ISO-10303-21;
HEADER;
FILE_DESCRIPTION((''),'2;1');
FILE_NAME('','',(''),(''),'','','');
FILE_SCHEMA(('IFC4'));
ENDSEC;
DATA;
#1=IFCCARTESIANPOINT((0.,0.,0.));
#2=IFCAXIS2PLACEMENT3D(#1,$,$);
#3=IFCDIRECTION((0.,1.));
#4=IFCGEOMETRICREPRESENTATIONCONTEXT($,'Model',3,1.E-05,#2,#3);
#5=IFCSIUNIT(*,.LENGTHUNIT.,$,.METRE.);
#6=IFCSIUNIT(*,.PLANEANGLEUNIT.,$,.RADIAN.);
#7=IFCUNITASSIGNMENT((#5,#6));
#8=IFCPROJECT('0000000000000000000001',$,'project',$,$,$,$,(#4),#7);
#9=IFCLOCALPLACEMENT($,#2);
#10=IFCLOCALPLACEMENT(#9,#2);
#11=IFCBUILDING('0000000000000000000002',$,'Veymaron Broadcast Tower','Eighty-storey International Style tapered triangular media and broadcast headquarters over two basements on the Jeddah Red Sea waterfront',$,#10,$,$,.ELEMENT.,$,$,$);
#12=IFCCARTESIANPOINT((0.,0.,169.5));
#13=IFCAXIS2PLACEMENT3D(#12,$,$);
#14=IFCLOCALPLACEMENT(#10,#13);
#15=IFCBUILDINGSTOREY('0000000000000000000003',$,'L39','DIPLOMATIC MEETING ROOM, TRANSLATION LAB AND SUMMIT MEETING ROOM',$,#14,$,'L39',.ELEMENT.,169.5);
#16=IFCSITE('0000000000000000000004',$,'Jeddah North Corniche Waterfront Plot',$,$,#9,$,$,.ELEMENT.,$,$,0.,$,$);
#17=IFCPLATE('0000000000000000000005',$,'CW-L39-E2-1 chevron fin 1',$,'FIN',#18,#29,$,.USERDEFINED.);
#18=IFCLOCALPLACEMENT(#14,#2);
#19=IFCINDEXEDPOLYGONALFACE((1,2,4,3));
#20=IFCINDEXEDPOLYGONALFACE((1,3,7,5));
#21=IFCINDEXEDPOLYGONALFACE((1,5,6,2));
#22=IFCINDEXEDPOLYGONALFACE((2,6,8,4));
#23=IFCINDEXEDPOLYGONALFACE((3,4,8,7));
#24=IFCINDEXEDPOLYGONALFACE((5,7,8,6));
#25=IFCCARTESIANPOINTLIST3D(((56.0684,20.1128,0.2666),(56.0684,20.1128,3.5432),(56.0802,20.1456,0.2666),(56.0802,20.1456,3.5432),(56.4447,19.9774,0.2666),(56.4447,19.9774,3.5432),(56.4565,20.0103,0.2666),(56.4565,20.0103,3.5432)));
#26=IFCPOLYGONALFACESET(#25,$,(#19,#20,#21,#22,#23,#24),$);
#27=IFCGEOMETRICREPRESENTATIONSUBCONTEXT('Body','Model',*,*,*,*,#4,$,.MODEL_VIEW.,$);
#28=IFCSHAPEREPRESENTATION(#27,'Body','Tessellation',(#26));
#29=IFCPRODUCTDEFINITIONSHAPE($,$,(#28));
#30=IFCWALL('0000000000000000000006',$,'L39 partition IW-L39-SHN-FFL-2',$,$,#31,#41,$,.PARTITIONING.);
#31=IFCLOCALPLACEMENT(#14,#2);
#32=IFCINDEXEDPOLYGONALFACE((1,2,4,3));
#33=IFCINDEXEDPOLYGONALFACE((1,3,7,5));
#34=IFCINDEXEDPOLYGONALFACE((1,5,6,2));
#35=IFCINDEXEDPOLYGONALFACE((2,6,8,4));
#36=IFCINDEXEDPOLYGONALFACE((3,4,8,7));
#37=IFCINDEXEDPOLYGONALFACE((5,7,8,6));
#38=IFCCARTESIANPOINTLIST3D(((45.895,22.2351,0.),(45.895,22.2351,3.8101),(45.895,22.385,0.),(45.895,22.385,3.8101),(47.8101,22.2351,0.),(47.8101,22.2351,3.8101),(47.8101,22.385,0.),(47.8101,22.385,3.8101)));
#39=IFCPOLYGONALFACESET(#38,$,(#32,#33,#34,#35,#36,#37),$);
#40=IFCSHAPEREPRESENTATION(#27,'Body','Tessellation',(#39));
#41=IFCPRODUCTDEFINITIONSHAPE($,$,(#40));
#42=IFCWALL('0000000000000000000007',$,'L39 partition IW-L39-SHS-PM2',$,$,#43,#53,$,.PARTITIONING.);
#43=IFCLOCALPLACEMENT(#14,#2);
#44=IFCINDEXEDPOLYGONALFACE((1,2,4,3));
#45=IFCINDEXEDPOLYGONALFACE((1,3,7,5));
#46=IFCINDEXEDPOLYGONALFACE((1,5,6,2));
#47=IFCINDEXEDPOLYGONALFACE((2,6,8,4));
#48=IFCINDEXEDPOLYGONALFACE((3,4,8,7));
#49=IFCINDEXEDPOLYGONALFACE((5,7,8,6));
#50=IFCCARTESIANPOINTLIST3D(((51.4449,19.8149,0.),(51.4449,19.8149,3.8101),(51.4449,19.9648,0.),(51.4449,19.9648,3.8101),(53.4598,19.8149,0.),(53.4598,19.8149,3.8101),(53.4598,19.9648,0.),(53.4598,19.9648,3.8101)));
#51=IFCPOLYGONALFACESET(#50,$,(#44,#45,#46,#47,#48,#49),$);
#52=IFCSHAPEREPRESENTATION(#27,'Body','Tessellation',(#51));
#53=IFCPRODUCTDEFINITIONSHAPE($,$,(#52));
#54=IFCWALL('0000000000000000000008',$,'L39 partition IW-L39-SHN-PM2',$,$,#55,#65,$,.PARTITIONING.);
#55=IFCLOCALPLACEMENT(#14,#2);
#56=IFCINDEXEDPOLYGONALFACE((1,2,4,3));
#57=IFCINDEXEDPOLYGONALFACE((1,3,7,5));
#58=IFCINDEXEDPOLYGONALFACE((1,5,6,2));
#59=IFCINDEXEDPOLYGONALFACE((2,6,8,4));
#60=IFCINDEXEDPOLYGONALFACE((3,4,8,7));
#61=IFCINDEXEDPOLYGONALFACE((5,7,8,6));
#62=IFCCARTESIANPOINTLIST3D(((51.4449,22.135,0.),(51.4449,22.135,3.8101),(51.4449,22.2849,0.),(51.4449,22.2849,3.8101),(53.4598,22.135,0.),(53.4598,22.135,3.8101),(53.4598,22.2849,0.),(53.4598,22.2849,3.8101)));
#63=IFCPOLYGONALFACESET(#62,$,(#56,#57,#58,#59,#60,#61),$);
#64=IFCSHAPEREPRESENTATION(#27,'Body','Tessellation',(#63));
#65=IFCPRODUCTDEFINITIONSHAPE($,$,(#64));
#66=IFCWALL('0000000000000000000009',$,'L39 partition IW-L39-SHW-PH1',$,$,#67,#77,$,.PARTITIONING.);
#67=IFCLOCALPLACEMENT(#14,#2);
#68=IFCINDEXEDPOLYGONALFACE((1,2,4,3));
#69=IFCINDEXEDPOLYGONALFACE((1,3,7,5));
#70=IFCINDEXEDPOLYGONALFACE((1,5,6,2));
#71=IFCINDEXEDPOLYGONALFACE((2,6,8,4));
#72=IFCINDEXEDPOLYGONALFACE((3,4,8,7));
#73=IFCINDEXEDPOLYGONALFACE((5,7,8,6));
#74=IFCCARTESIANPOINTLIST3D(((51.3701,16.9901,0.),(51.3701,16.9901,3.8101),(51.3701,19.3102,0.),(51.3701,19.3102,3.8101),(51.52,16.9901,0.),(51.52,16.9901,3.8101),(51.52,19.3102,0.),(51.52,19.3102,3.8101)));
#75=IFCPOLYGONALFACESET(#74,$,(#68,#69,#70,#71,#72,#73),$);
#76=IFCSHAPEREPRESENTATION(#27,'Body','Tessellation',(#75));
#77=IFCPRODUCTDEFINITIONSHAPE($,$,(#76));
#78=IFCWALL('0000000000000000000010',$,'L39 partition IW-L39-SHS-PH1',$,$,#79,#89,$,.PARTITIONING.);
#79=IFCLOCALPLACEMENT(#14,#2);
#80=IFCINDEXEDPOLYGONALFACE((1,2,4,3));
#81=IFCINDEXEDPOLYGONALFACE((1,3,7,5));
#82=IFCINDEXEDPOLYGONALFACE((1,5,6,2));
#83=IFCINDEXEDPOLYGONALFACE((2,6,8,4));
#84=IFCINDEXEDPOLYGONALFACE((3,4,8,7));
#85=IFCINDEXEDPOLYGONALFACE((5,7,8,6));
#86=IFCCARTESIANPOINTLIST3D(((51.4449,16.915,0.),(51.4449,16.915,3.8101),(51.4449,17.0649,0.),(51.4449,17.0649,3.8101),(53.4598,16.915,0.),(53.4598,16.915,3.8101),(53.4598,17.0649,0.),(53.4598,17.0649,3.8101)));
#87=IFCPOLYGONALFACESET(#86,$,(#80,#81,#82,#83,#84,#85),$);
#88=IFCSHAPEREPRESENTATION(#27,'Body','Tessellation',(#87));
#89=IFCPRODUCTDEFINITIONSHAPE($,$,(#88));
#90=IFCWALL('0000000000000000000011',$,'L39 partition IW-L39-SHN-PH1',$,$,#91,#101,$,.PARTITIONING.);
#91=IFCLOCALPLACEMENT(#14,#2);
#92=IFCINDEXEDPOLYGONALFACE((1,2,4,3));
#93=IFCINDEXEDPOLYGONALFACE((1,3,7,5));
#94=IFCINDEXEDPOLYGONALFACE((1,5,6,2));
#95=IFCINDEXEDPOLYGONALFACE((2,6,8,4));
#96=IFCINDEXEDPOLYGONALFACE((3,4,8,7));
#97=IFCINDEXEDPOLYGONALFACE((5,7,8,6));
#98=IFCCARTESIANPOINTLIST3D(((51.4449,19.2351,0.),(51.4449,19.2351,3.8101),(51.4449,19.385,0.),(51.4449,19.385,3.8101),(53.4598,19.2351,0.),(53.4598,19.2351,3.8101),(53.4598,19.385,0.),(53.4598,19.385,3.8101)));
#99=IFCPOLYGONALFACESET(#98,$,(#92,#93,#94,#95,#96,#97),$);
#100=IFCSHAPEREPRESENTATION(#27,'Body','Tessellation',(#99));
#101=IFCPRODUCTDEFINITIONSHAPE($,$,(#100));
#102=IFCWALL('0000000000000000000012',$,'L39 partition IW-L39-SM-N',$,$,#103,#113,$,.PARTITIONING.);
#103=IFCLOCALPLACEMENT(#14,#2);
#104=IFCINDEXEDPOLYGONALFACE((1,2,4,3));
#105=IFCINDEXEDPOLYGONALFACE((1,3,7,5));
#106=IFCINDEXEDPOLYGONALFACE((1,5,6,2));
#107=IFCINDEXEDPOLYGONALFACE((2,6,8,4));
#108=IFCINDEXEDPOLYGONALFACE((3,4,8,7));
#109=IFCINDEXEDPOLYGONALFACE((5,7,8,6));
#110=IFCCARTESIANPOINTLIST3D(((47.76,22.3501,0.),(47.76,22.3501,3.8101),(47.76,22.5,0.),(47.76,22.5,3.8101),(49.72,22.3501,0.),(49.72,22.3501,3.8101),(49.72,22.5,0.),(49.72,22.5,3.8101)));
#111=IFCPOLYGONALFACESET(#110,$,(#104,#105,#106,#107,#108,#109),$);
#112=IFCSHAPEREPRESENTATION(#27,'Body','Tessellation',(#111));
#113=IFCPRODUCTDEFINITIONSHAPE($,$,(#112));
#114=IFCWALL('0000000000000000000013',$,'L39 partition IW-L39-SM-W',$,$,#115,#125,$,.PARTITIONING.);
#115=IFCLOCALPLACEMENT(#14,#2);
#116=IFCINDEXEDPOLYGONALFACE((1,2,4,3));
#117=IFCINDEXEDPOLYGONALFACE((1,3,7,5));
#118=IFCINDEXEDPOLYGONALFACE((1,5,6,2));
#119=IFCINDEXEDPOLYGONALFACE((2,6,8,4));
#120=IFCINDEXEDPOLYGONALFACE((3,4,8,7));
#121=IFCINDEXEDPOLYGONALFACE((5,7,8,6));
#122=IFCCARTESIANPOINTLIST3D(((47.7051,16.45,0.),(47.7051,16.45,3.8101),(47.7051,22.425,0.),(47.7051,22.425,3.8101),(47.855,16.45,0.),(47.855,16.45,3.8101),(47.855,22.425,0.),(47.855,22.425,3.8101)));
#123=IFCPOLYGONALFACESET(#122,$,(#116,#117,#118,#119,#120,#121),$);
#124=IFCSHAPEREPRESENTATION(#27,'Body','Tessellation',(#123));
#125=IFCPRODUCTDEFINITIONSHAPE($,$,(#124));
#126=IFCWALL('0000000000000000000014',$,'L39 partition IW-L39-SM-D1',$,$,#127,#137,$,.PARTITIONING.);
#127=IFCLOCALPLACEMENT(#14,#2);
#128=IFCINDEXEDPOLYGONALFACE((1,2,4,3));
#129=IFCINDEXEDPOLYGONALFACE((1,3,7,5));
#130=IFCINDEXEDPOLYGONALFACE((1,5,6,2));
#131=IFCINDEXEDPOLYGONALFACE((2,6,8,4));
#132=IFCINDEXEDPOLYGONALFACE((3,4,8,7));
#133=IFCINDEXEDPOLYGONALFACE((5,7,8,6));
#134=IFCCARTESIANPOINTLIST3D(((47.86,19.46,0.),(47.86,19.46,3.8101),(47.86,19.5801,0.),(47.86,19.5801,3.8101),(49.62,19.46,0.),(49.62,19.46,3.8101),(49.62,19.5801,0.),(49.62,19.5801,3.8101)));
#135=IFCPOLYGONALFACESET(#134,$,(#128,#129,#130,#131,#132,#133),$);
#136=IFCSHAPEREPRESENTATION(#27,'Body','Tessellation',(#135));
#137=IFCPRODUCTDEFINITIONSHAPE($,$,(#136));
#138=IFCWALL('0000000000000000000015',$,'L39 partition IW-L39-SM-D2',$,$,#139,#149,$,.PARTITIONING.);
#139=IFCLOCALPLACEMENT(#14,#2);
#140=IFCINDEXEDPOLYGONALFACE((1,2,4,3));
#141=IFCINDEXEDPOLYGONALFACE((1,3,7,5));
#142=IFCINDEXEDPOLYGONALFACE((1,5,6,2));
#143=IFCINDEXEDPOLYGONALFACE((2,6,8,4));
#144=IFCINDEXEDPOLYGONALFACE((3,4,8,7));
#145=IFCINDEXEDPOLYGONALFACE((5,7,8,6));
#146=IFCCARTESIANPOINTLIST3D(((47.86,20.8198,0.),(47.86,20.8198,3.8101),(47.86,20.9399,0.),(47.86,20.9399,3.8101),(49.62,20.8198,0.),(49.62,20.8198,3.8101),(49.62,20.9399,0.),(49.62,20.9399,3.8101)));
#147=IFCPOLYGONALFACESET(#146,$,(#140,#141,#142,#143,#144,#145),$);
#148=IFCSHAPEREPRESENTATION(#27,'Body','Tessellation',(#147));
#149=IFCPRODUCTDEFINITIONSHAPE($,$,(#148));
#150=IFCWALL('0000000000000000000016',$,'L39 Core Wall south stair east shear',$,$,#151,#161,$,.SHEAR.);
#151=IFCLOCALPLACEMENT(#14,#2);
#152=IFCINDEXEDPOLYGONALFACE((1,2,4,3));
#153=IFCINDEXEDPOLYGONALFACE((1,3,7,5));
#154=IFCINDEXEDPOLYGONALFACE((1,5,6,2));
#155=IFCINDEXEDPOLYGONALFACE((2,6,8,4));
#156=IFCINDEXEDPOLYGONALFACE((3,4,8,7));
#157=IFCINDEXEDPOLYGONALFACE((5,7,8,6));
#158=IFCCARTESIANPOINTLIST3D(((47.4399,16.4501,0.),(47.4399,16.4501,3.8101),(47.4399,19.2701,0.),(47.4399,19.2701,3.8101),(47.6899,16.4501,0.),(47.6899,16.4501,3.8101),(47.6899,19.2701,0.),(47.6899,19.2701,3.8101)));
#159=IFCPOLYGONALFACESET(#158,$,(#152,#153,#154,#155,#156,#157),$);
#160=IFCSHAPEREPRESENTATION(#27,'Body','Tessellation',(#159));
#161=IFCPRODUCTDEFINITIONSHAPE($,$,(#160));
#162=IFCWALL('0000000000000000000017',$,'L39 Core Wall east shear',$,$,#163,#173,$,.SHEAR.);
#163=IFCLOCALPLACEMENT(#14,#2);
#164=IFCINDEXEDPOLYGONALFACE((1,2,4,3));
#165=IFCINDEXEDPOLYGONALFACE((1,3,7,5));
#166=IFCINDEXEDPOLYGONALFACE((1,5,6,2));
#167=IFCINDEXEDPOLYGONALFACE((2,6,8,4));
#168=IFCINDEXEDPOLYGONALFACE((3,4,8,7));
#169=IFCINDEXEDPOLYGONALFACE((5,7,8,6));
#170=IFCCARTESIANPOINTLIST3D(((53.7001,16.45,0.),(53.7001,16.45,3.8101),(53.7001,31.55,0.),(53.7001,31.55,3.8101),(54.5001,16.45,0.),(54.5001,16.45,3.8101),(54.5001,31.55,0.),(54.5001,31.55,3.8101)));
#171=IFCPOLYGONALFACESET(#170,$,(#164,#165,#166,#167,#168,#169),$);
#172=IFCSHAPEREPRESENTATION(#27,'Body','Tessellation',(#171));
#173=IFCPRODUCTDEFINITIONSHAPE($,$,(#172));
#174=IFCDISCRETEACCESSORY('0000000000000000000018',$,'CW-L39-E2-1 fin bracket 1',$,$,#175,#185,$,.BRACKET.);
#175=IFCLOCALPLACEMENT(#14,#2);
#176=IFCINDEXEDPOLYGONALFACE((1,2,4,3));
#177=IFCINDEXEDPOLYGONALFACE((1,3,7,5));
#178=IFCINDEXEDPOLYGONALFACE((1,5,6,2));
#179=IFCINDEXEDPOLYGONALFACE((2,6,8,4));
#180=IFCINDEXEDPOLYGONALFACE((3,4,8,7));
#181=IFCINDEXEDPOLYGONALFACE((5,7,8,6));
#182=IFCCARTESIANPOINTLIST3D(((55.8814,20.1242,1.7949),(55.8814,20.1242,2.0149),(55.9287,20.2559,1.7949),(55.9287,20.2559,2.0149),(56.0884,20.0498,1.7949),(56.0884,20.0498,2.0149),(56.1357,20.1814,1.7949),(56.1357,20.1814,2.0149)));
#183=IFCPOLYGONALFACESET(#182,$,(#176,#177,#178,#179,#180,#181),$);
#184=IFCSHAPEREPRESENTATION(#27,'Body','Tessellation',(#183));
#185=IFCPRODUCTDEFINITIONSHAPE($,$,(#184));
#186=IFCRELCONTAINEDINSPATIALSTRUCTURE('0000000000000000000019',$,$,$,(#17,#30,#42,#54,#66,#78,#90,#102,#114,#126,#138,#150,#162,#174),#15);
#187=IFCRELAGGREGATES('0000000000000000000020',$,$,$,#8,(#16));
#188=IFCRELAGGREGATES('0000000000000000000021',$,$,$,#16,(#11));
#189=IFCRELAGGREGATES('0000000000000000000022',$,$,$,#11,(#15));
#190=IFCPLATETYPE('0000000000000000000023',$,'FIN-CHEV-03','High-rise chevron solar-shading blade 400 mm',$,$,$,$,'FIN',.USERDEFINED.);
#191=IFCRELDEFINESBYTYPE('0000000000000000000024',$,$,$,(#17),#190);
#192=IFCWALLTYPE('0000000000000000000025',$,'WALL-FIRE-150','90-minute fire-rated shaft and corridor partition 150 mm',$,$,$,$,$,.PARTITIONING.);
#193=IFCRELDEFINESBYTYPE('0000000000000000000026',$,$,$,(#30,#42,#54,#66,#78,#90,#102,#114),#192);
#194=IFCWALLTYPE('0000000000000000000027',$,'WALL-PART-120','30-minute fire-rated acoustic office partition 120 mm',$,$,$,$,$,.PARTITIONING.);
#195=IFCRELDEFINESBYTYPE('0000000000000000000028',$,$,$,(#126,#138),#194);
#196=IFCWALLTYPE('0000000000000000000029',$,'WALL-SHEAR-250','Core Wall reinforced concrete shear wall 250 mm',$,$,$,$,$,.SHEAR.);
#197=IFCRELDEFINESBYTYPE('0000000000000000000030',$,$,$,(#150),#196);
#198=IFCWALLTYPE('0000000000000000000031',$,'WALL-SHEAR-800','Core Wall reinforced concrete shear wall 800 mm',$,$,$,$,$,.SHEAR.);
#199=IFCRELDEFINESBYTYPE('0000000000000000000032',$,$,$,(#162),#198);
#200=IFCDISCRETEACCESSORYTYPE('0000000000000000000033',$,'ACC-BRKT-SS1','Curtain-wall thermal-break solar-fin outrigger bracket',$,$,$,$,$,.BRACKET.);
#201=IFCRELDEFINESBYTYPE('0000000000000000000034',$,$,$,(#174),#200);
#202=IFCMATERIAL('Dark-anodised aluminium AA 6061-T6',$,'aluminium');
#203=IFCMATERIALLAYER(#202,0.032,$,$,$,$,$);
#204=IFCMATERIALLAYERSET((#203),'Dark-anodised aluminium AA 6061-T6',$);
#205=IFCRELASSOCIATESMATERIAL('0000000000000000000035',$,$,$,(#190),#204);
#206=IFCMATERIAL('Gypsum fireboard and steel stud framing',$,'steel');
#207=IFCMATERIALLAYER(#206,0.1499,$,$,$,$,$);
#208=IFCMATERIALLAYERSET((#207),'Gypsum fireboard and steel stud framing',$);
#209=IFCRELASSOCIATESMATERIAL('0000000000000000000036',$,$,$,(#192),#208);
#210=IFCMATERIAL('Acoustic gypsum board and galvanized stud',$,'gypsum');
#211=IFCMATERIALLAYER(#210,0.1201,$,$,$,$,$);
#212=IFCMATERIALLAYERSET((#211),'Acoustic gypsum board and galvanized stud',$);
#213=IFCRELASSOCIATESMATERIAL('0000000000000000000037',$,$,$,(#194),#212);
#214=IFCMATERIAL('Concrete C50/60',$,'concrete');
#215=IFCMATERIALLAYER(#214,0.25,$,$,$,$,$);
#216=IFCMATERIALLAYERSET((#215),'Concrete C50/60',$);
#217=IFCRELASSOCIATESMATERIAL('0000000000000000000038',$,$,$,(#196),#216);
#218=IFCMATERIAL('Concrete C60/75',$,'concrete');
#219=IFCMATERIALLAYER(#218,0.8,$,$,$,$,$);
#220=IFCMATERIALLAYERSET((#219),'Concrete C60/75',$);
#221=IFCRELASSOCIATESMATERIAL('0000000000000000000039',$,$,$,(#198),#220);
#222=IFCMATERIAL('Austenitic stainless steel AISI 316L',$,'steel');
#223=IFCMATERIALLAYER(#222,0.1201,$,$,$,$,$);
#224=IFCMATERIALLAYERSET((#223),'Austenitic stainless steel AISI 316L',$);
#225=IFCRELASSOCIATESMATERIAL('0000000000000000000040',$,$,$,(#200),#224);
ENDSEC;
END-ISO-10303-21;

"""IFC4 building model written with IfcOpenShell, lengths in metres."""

from ifc_helpers import new_model, si_unit, direction, frame, frame_2d, origin, origin_2d, place, context, subcontext, project, spatial, rectangle, extrude, material, layer, layer_set, type_object, element, save


model = new_model("IFC4")

# Units and contexts
model_context = context("Model", 3, precision=1e-05, world=origin(), true_north=direction((0.0, 1.0)))
body_context = subcontext(model_context, "Body", "Model", "MODEL_VIEW")
ifc_project = project(units=[si_unit("LENGTHUNIT", "METRE"), si_unit("PLANEANGLEUNIT", "RADIAN")], contexts=[model_context])

# Site, building, storey
site_placement = place(None, origin())
site = spatial("IfcSite", under=ifc_project, at=site_placement, Name="Jeddah North Corniche Waterfront Plot", CompositionType="ELEMENT", RefElevation=0.0)
building_placement = place(site_placement, origin())
building = spatial("IfcBuilding", under=site, at=building_placement, Name="Veymaron Broadcast Tower", Description="Eighty-storey International Style tapered triangular media and broadcast headquarters over two basements on the Jeddah Red Sea waterfront", CompositionType="ELEMENT")
storey_placement = place(building_placement, frame((0.0, 0.0, 169.5)))
storey = spatial("IfcBuildingStorey", under=building, at=storey_placement, Name="L39", Description="DIPLOMATIC MEETING ROOM, TRANSLATION LAB AND SUMMIT MEETING ROOM", LongName="L39", CompositionType="ELEMENT", Elevation=169.5)

# Plate
ifc_material_1 = material(Name="Dark-anodised aluminium AA 6061-T6", Category="aluminium")
ifc_layer_1 = layer(ifc_material_1, 0.032)
ifc_layer_set_1 = layer_set([ifc_layer_1], Name="Dark-anodised aluminium AA 6061-T6")
plate_type_1 = type_object("IfcPlateType", Name="FIN-CHEV-03", Description="High-rise chevron solar-shading blade 400 mm", ElementType="FIN", PredefinedType="USERDEFINED", material=ifc_layer_set_1)
plate_1_placement = place(storey_placement, frame((56.2625, 20.0615, 0.2666), z_axis=(0.0, 0.0, 1.0), x_axis=(0.940999, -0.338409, 0.0)))
element("IfcPlate", 1, at=plate_1_placement, inside=storey, type_object=plate_type_1, Name="CW-L39-E2-1 chevron fin 1", ObjectType="FIN", PredefinedType="USERDEFINED", context=body_context, shape_type="SweptSolid", body=[
    extrude(rectangle(XDim=0.3999, YDim=0.0349, at=origin_2d()), origin(), (0.0, 0.0, 1.0), 3.2766),
])

# Wall
ifc_material_2 = material(Name="Gypsum fireboard and steel stud framing", Category="steel")
ifc_layer_2 = layer(ifc_material_2, 0.1499)
ifc_layer_set_2 = layer_set([ifc_layer_2], Name="Gypsum fireboard and steel stud framing")
wall_type_1 = type_object("IfcWallType", Name="WALL-FIRE-150", Description="90-minute fire-rated shaft and corridor partition 150 mm", PredefinedType="PARTITIONING", material=ifc_layer_set_2)
wall_1_placement = place(storey_placement, frame((45.895, 22.3101, 0.0), z_axis=(0.0, 0.0, 1.0), x_axis=(1.0, 0.0, 0.0)))
element("IfcWall", 2, at=wall_1_placement, inside=storey, type_object=wall_type_1, Name="L39 partition IW-L39-SHN-FFL-2", PredefinedType="PARTITIONING", context=body_context, shape_type="SweptSolid", body=[
    extrude(rectangle(XDim=1.915, YDim=0.1499, at=frame_2d((0.9575, 0.0))), origin(), (0.0, 0.0, 1.0), 3.8101),
])

# Walls
for number, where, z_axis, x_axis, name in (
    (3, (51.4451, 19.8899, 0.0), (0.0, 0.0, 1.0), (1.0, 0.0, 0.0), "L39 partition IW-L39-SHS-PM2"),
    (4, (51.4451, 22.21, 0.0), (0.0, 0.0, 1.0), (1.0, 0.0, 0.0), "L39 partition IW-L39-SHN-PM2"),
):
    element("IfcWall", number, at=place(storey_placement, frame(where, z_axis=z_axis, x_axis=x_axis)), inside=storey, type_object=wall_type_1, Name=name, PredefinedType="PARTITIONING", context=body_context, shape_type="SweptSolid", body=[
        extrude(rectangle(XDim=2.0149, YDim=0.1499, at=frame_2d((1.0073, 0.0))), origin(), (0.0, 0.0, 1.0), 3.8101),
    ])
wall_2_placement = place(storey_placement, frame((51.4451, 16.99, 0.0), z_axis=(0.0, 0.0, 1.0), x_axis=(0.0, 1.0, 0.0)))
element("IfcWall", 5, at=wall_2_placement, inside=storey, type_object=wall_type_1, Name="L39 partition IW-L39-SHW-PH1", PredefinedType="PARTITIONING", context=body_context, shape_type="SweptSolid", body=[
    extrude(rectangle(XDim=2.3201, YDim=0.1499, at=frame_2d((1.1602, 0.0))), origin(), (0.0, 0.0, 1.0), 3.8101),
])
for number, where, z_axis, x_axis, name in (
    (6, (51.4451, 16.99, 0.0), (0.0, 0.0, 1.0), (1.0, 0.0, 0.0), "L39 partition IW-L39-SHS-PH1"),
    (7, (51.4451, 19.3101, 0.0), (0.0, 0.0, 1.0), (1.0, 0.0, 0.0), "L39 partition IW-L39-SHN-PH1"),
):
    element("IfcWall", number, at=place(storey_placement, frame(where, z_axis=z_axis, x_axis=x_axis)), inside=storey, type_object=wall_type_1, Name=name, PredefinedType="PARTITIONING", context=body_context, shape_type="SweptSolid", body=[
        extrude(rectangle(XDim=2.0149, YDim=0.1499, at=frame_2d((1.0073, 0.0))), origin(), (0.0, 0.0, 1.0), 3.8101),
    ])

# Walls
wall_3_placement = place(storey_placement, frame((47.76, 22.425, 0.0), z_axis=(0.0, 0.0, 1.0), x_axis=(1.0, 0.0, 0.0)))
element("IfcWall", 8, at=wall_3_placement, inside=storey, type_object=wall_type_1, Name="L39 partition IW-L39-SM-N", PredefinedType="PARTITIONING", context=body_context, shape_type="SweptSolid", body=[
    extrude(rectangle(XDim=1.96, YDim=0.1499, at=frame_2d((0.98, 0.0))), origin(), (0.0, 0.0, 1.0), 3.8101),
])
wall_4_placement = place(storey_placement, frame((47.78, 16.45, 0.0), z_axis=(0.0, 0.0, 1.0), x_axis=(0.0, 1.0, 0.0)))
element("IfcWall", 9, at=wall_4_placement, inside=storey, type_object=wall_type_1, Name="L39 partition IW-L39-SM-W", PredefinedType="PARTITIONING", context=body_context, shape_type="SweptSolid", body=[
    extrude(rectangle(XDim=5.9751, YDim=0.1499, at=frame_2d((2.9875, 0.0))), origin(), (0.0, 0.0, 1.0), 3.8101),
])
ifc_material_3 = material(Name="Acoustic gypsum board and galvanized stud", Category="gypsum")
ifc_layer_3 = layer(ifc_material_3, 0.1201)
ifc_layer_set_3 = layer_set([ifc_layer_3], Name="Acoustic gypsum board and galvanized stud")
wall_type_2 = type_object("IfcWallType", Name="WALL-PART-120", Description="30-minute fire-rated acoustic office partition 120 mm", PredefinedType="PARTITIONING", material=ifc_layer_set_3)
for number, where, z_axis, x_axis, name in (
    (10, (47.8601, 19.52, 0.0), (0.0, 0.0, 1.0), (1.0, 0.0, 0.0), "L39 partition IW-L39-SM-D1"),
    (11, (47.8601, 20.8799, 0.0), (0.0, 0.0, 1.0), (1.0, 0.0, 0.0), "L39 partition IW-L39-SM-D2"),
):
    element("IfcWall", number, at=place(storey_placement, frame(where, z_axis=z_axis, x_axis=x_axis)), inside=storey, type_object=wall_type_2, Name=name, PredefinedType="PARTITIONING", context=body_context, shape_type="SweptSolid", body=[
        extrude(rectangle(XDim=1.76, YDim=0.1201, at=frame_2d((0.8799, 0.0))), origin(), (0.0, 0.0, 1.0), 3.8101),
    ])

# Walls
ifc_material_4 = material(Name="Concrete C50/60", Category="concrete")
ifc_layer_4 = layer(ifc_material_4, 0.25)
ifc_layer_set_4 = layer_set([ifc_layer_4], Name="Concrete C50/60")
wall_type_3 = type_object("IfcWallType", Name="WALL-SHEAR-250", Description="Core Wall reinforced concrete shear wall 250 mm", PredefinedType="SHEAR", material=ifc_layer_set_4)
wall_5_placement = place(storey_placement, frame((47.5649, 16.45, 0.0), z_axis=(0.0, 0.0, 1.0), x_axis=(0.0, 1.0, 0.0)))
element("IfcWall", 12, at=wall_5_placement, inside=storey, type_object=wall_type_3, Name="L39 Core Wall south stair east shear", PredefinedType="SHEAR", context=body_context, shape_type="SweptSolid", body=[
    extrude(rectangle(XDim=2.8201, YDim=0.25, at=frame_2d((1.4102, 0.0))), origin(), (0.0, 0.0, 1.0), 3.8101),
])
ifc_material_5 = material(Name="Concrete C60/75", Category="concrete")
ifc_layer_5 = layer(ifc_material_5, 0.8)
ifc_layer_set_5 = layer_set([ifc_layer_5], Name="Concrete C60/75")
wall_type_4 = type_object("IfcWallType", Name="WALL-SHEAR-800", Description="Core Wall reinforced concrete shear wall 800 mm", PredefinedType="SHEAR", material=ifc_layer_set_5)
wall_6_placement = place(storey_placement, frame((54.1001, 16.45, 0.0), z_axis=(0.0, 0.0, 1.0), x_axis=(0.0, 1.0, 0.0)))
element("IfcWall", 13, at=wall_6_placement, inside=storey, type_object=wall_type_4, Name="L39 Core Wall east shear", PredefinedType="SHEAR", context=body_context, shape_type="SweptSolid", body=[
    extrude(rectangle(XDim=15.1001, YDim=0.8, at=frame_2d((7.55, 0.0))), origin(), (0.0, 0.0, 1.0), 3.8101),
])

# Discrete accessory
ifc_material_6 = material(Name="Austenitic stainless steel AISI 316L", Category="steel")
ifc_layer_6 = layer(ifc_material_6, 0.1201)
ifc_layer_set_6 = layer_set([ifc_layer_6], Name="Austenitic stainless steel AISI 316L")
discrete_accessory_type = type_object("IfcDiscreteAccessoryType", Name="ACC-BRKT-SS1", Description="Curtain-wall thermal-break solar-fin outrigger bracket", PredefinedType="BRACKET", material=ifc_layer_set_6)
discrete_accessory_placement = place(storey_placement, frame((56.0085, 20.1528, 1.7949), z_axis=(0.0, 0.0, 1.0), x_axis=(0.940999, -0.338409, 0.0)))
element("IfcDiscreteAccessory", 14, at=discrete_accessory_placement, inside=storey, type_object=discrete_accessory_type, Name="CW-L39-E2-1 fin bracket 1", PredefinedType="BRACKET", context=body_context, shape_type="SweptSolid", body=[
    extrude(rectangle(XDim=0.22, YDim=0.1399, at=origin_2d()), origin(), (0.0, 0.0, 1.0), 0.22),
])

save(model, "model.ifc")
